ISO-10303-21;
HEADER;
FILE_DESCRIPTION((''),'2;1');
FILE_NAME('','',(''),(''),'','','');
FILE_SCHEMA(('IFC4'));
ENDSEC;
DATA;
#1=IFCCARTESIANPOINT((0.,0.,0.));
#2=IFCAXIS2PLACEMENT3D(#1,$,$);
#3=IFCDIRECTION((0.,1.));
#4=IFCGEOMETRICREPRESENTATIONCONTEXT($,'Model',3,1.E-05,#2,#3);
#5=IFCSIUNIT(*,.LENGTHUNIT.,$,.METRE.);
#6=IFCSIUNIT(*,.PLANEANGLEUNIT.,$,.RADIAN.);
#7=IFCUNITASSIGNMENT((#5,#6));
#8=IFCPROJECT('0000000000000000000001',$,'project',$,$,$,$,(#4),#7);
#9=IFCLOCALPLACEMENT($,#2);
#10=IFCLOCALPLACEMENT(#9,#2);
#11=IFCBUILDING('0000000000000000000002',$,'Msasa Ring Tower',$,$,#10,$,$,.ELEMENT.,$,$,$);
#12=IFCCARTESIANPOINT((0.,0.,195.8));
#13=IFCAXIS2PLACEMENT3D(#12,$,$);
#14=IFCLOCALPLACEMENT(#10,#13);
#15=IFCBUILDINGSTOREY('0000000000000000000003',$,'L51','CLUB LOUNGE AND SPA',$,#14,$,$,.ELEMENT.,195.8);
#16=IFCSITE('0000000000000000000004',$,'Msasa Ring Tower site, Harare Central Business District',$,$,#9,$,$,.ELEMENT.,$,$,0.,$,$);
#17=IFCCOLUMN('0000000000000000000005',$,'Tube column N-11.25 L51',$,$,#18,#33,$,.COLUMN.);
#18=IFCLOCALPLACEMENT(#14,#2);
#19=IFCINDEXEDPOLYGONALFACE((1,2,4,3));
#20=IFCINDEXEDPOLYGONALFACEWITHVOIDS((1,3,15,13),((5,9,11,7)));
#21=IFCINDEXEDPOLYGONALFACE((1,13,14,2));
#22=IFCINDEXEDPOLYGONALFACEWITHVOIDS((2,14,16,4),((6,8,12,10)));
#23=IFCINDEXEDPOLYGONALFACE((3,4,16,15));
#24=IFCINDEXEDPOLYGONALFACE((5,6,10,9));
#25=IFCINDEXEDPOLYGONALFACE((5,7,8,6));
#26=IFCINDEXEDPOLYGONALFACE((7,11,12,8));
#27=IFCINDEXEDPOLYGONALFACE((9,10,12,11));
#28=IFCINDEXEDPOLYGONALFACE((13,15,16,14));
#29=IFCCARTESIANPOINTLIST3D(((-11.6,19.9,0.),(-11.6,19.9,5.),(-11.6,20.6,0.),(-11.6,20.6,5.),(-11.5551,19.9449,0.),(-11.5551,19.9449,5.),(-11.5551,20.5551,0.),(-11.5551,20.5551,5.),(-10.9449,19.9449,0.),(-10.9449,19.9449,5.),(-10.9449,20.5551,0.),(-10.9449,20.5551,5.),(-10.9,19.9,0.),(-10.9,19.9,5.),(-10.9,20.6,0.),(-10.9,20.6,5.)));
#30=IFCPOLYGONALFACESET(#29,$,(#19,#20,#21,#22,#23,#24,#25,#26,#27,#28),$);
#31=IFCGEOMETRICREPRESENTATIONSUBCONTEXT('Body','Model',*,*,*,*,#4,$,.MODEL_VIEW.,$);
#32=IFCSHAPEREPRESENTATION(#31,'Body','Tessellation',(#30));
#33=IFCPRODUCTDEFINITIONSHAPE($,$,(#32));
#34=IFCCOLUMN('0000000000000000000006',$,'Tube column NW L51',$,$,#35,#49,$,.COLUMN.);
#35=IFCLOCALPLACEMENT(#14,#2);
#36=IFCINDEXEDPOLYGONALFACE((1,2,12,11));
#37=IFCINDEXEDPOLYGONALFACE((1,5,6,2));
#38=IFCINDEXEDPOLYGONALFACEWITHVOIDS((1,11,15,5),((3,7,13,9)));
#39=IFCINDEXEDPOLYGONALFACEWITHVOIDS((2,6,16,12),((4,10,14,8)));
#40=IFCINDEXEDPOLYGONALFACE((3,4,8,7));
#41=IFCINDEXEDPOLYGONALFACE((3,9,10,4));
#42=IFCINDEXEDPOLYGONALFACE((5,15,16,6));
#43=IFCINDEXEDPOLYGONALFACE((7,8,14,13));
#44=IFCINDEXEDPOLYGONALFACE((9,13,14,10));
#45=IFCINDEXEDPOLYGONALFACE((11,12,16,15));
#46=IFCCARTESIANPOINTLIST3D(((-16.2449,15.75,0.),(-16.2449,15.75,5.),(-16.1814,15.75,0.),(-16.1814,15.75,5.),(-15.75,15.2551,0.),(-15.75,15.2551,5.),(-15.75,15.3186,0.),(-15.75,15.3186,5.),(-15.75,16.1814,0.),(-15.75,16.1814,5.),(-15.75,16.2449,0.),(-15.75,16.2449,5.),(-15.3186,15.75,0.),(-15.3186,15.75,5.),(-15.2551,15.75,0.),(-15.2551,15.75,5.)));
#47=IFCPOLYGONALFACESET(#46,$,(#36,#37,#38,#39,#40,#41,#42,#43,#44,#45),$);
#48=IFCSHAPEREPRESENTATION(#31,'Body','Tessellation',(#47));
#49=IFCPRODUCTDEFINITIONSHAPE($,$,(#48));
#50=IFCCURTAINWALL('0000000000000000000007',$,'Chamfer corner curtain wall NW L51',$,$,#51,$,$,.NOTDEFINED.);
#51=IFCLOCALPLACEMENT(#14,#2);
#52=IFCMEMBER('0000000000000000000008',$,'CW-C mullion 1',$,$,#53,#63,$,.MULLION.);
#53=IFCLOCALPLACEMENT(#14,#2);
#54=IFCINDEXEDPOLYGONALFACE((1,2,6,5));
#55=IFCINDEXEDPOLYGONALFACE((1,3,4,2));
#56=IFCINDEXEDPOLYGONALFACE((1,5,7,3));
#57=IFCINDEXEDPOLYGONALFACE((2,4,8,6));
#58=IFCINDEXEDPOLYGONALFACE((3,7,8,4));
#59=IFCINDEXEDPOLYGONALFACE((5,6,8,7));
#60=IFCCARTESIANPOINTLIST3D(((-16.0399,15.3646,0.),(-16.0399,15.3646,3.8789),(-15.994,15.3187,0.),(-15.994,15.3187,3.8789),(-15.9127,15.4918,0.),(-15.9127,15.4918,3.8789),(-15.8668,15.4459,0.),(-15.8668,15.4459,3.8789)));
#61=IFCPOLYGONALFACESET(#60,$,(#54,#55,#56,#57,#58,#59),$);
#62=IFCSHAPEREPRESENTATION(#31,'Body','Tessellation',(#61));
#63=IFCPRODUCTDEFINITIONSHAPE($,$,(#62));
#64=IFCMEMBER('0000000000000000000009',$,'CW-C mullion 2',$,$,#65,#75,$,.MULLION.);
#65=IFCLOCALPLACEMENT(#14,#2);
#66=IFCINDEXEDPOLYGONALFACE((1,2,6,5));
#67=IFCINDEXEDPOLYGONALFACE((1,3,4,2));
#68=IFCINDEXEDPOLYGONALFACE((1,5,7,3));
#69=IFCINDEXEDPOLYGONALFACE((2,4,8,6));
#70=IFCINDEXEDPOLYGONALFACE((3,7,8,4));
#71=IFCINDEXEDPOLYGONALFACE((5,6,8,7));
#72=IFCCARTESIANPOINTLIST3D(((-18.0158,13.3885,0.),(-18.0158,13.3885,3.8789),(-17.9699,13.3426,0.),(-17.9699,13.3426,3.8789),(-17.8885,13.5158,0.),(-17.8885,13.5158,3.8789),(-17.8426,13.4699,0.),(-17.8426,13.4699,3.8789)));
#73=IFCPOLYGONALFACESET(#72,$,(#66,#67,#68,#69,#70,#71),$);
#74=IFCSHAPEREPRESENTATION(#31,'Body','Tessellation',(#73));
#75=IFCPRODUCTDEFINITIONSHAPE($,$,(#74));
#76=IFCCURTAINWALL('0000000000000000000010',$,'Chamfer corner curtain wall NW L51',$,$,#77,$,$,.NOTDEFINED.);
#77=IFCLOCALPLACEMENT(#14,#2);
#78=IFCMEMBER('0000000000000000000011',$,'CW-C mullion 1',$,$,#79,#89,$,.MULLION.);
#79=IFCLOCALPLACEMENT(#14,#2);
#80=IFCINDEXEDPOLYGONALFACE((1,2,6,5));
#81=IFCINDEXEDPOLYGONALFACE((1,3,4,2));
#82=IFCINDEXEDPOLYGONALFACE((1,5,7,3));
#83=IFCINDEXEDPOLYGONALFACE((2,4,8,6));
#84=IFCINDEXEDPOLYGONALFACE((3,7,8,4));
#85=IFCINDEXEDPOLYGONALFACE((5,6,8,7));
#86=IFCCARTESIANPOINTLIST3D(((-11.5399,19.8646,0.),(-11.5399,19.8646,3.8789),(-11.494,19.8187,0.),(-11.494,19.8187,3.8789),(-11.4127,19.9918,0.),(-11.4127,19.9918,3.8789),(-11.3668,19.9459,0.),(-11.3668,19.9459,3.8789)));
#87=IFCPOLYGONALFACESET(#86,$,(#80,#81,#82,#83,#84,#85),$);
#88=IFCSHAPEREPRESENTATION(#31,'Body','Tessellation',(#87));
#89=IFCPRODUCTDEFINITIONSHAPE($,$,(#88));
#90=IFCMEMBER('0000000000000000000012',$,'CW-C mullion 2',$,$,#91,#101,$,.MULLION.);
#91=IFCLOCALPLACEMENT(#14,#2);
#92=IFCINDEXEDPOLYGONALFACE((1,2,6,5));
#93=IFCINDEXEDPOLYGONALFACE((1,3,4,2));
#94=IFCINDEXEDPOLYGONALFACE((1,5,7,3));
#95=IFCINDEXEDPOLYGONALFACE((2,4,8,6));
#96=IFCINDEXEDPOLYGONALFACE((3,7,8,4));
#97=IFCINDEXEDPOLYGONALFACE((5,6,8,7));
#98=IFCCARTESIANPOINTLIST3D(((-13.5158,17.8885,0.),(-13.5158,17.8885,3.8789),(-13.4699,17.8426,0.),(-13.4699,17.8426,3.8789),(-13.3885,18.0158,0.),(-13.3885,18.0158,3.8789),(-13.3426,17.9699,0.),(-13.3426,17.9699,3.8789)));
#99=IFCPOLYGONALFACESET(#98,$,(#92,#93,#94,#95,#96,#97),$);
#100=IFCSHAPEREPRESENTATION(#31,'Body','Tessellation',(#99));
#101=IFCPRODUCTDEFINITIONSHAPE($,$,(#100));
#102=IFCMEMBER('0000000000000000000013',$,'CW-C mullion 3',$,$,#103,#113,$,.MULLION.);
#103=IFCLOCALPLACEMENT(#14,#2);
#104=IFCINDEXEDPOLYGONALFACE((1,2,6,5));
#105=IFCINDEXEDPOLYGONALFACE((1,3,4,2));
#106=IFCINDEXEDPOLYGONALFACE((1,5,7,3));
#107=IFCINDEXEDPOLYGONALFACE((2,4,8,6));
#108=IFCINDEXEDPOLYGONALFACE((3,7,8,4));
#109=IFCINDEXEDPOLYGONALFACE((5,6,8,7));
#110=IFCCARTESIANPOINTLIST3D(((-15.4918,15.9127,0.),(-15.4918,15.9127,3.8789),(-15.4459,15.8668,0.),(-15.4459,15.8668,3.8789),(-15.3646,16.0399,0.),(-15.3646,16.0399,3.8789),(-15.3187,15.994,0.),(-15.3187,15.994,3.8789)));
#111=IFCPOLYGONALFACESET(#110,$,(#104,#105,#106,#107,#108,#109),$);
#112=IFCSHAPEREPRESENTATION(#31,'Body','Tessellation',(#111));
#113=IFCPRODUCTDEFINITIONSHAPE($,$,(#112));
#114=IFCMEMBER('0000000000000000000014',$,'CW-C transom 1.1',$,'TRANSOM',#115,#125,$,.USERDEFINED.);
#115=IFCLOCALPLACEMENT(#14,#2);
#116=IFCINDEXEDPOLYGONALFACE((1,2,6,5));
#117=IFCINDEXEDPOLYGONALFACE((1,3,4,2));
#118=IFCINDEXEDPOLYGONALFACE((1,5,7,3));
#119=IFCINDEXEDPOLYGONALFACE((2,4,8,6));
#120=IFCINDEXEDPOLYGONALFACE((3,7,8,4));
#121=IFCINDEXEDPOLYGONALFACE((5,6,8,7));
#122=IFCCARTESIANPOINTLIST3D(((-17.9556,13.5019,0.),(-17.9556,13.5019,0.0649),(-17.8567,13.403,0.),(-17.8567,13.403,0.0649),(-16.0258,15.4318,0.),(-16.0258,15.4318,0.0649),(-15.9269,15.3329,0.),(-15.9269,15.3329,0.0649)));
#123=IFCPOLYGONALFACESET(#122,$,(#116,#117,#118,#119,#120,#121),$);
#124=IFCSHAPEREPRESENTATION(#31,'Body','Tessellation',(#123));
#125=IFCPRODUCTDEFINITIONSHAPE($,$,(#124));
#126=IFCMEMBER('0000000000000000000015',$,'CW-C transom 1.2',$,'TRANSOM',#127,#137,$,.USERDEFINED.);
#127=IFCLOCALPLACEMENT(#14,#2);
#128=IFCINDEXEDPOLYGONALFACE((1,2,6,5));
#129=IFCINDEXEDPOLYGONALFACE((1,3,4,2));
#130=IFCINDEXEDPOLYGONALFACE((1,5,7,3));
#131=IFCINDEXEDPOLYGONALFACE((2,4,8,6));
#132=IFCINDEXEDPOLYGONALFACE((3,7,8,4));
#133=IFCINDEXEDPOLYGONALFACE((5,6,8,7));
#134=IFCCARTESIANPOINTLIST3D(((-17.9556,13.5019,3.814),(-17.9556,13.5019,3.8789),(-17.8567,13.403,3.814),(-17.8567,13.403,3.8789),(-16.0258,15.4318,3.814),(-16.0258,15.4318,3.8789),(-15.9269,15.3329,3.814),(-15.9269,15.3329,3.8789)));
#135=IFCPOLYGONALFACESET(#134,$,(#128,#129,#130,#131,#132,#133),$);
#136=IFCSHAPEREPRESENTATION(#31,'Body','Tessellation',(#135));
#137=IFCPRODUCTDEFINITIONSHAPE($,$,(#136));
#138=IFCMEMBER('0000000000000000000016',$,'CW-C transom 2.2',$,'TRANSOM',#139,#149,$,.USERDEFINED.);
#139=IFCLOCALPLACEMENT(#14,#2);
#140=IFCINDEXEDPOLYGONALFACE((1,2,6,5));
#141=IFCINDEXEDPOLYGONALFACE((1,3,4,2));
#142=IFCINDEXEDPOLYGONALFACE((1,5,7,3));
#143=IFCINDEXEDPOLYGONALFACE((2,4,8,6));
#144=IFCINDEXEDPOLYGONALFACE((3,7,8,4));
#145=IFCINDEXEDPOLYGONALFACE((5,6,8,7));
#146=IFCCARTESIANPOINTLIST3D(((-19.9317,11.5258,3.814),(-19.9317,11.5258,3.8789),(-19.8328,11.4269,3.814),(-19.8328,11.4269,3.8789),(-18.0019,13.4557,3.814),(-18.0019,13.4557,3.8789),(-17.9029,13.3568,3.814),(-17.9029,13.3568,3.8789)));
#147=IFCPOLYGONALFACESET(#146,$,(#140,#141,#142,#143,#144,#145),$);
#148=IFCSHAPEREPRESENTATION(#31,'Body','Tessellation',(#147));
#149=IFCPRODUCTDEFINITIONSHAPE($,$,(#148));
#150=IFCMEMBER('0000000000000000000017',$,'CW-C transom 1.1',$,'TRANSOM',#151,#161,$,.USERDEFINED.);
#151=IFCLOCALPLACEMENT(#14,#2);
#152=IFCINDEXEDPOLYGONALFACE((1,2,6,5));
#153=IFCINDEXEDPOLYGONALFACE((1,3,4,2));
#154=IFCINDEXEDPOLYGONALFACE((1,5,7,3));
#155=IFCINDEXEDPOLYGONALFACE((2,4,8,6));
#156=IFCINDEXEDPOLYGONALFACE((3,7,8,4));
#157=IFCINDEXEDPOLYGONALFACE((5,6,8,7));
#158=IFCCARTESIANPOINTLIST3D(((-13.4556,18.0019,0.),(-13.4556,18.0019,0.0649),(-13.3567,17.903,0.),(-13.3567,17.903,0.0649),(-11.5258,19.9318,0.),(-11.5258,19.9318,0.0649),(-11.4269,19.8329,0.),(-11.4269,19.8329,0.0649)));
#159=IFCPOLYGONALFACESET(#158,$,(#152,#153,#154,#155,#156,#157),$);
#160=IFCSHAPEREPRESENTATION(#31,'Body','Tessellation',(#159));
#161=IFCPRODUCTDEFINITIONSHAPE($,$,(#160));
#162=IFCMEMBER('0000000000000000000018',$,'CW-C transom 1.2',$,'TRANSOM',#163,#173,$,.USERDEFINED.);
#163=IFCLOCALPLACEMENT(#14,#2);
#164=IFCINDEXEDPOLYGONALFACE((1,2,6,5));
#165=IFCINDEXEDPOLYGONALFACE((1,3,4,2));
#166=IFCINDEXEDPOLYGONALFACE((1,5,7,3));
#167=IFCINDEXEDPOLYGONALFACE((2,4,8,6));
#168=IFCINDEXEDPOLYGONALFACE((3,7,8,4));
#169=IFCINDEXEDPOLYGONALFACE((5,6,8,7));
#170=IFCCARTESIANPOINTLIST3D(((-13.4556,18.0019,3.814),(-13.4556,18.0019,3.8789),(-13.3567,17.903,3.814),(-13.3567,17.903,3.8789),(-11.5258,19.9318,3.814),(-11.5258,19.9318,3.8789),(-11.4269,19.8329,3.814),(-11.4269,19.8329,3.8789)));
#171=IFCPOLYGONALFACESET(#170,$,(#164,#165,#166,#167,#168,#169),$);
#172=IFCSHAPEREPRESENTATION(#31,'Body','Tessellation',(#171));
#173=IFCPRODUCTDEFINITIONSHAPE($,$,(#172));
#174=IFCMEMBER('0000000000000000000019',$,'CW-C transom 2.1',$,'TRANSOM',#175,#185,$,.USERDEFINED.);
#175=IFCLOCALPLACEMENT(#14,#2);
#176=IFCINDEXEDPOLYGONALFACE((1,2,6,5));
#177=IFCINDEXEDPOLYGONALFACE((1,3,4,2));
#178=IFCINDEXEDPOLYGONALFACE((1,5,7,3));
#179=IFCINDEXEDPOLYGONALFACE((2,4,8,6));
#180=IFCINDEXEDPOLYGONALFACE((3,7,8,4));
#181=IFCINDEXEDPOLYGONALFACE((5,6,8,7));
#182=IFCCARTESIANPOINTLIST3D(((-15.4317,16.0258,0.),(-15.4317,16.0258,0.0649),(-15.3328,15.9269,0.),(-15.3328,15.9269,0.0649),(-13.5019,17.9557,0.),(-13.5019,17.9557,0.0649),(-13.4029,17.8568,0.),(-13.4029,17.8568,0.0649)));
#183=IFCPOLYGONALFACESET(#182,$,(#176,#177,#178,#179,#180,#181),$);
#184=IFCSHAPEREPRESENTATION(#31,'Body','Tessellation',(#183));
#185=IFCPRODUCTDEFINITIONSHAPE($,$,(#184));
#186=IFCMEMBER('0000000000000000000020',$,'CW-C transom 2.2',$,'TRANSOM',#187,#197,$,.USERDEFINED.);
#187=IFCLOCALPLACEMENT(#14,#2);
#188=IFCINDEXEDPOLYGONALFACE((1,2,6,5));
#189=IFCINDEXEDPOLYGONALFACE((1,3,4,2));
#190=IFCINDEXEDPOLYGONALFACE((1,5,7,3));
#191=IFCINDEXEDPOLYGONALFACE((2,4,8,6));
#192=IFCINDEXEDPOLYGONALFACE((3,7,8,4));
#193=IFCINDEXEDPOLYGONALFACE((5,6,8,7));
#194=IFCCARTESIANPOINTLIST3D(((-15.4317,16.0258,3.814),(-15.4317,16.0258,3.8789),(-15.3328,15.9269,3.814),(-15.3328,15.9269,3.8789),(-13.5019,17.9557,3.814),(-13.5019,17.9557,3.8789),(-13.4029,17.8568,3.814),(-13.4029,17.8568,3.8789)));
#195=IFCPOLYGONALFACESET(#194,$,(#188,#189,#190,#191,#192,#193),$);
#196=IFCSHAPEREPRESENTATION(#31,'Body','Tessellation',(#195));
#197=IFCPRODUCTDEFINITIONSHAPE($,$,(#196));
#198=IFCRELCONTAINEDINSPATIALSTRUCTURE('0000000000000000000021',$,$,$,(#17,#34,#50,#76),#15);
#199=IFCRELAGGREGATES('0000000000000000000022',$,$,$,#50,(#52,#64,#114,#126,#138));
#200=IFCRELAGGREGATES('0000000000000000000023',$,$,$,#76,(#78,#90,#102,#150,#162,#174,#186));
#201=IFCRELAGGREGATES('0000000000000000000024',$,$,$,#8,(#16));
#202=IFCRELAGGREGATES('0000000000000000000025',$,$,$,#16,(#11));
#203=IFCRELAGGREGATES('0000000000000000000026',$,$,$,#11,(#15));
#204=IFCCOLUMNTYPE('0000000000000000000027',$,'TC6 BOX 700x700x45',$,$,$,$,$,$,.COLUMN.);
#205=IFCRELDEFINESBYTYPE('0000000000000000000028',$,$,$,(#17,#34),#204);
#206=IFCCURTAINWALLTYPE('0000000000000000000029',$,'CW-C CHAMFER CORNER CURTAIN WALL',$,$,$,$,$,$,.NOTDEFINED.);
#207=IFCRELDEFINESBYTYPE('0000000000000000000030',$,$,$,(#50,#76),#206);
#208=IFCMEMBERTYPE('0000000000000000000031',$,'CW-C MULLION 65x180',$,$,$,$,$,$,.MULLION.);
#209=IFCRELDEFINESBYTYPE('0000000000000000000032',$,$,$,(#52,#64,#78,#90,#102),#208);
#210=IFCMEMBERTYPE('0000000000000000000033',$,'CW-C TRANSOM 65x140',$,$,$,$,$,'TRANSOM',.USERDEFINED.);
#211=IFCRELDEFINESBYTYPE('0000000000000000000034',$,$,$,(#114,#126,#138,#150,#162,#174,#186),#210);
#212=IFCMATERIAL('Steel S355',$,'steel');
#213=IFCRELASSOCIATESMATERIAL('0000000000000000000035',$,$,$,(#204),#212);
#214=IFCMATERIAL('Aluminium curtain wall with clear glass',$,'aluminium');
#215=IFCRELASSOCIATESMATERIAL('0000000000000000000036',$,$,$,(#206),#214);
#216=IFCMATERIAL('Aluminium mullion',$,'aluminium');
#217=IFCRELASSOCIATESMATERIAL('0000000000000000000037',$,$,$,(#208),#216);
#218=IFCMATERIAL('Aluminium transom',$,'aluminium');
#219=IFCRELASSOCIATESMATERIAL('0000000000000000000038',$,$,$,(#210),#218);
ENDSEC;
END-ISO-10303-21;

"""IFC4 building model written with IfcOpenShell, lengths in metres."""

from ifc_helpers import new_model, si_unit, direction, frame, origin, origin_2d, place, context, subcontext, project, spatial, rectangle, hollow_rectangle, extrude, material, material_profile, profile_set, type_object, element, aggregate, save


model = new_model("IFC4")

# Units and contexts
model_context = context("Model", 3, precision=1e-05, world=origin(), true_north=direction((0.0, 1.0)))
body_context = subcontext(model_context, "Body", "Model", "MODEL_VIEW")
ifc_project = project(units=[si_unit("LENGTHUNIT", "METRE"), si_unit("PLANEANGLEUNIT", "RADIAN")], contexts=[model_context])

# Site, building, storey
site_placement = place(None, origin())
site = spatial("IfcSite", under=ifc_project, at=site_placement, Name="Msasa Ring Tower site, Harare Central Business District", CompositionType="ELEMENT", RefElevation=0.0)
building_placement = place(site_placement, origin())
building = spatial("IfcBuilding", under=site, at=building_placement, Name="Msasa Ring Tower", CompositionType="ELEMENT")
storey_placement = place(building_placement, frame((0.0, 0.0, 195.8)))
storey = spatial("IfcBuildingStorey", under=building, at=storey_placement, Name="L51", Description="CLUB LOUNGE AND SPA", CompositionType="ELEMENT", Elevation=195.8)

# Columns
ifc_material_1 = material(Name="Steel S355", Category="steel")
ifc_material_profile_1 = material_profile(ifc_material_1, hollow_rectangle(XDim=0.7, YDim=0.7, WallThickness=0.0449, at=origin_2d()), Name="BOX 700x700x45")
ifc_profile_set_1 = profile_set([ifc_material_profile_1], Name="Steel S355")
column_type = type_object("IfcColumnType", Name="TC6 BOX 700x700x45", PredefinedType="COLUMN", material=ifc_profile_set_1)
for number, where, z_axis, x_axis, name in (
    (1, (-11.25, 20.25, 0.0), (0.0, 0.0, 1.0), (0.0, 1.0, 0.0), "Tube column N-11.25 L51"),
    (2, (-15.75, 15.75, 0.0), (0.0, 0.0, 1.0), (0.707107, -0.707107, 0.0), "Tube column NW L51"),
):
    element("IfcColumn", number, at=place(storey_placement, frame(where, z_axis=z_axis, x_axis=x_axis)), inside=storey, type_object=column_type, Name=name, PredefinedType="COLUMN", context=body_context, shape_type="SweptSolid", body=[
        extrude(hollow_rectangle(XDim=0.7, YDim=0.7, WallThickness=0.0449, at=origin_2d()), origin(), (0.0, 0.0, 1.0), 5.0),
    ])

# Curtain walls, members
ifc_material_2 = material(Name="Aluminium curtain wall with clear glass", Category="aluminium")
curtain_wall_type = type_object("IfcCurtainWallType", Name="CW-C CHAMFER CORNER CURTAIN WALL", PredefinedType="NOTDEFINED", material=ifc_material_2)
curtain_wall_1_placement = place(storey_placement, origin())
curtain_wall_1 = element("IfcCurtainWall", 3, at=curtain_wall_1_placement, inside=storey, type_object=curtain_wall_type, Name="Chamfer corner curtain wall NW L51", PredefinedType="NOTDEFINED")
ifc_material_3 = material(Name="Aluminium mullion", Category="aluminium")
ifc_material_profile_2 = material_profile(ifc_material_3, rectangle(XDim=0.0649, YDim=0.1799, at=origin_2d()), Name="AL 65x180")
ifc_profile_set_2 = profile_set([ifc_material_profile_2], Name="Aluminium mullion")
member_type_1 = type_object("IfcMemberType", Name="CW-C MULLION 65x180", PredefinedType="MULLION", material=ifc_profile_set_2)
member_1_placement = place(storey_placement, frame((-15.9534, 15.4053, 0.0), z_axis=(0.0, 0.0, 1.0), x_axis=(0.707107, -0.707107, 0.0)))
member_1 = element("IfcMember", 4, at=member_1_placement, type_object=member_type_1, Name="CW-C mullion 1", PredefinedType="MULLION", context=body_context, shape_type="SweptSolid", body=[
    extrude(rectangle(XDim=0.0649, YDim=0.1799, at=origin_2d()), origin(), (0.0, 0.0, 1.0), 3.8789),
])
member_2_placement = place(storey_placement, frame((-17.9292, 13.4292, 0.0), z_axis=(0.0, 0.0, 1.0), x_axis=(0.707107, -0.707107, 0.0)))
member_2 = element("IfcMember", 5, at=member_2_placement, type_object=member_type_1, Name="CW-C mullion 2", PredefinedType="MULLION", context=body_context, shape_type="SweptSolid", body=[
    extrude(rectangle(XDim=0.0649, YDim=0.1799, at=origin_2d()), origin(), (0.0, 0.0, 1.0), 3.8789),
])
curtain_wall_2_placement = place(storey_placement, origin())
curtain_wall_2 = element("IfcCurtainWall", 6, at=curtain_wall_2_placement, inside=storey, type_object=curtain_wall_type, Name="Chamfer corner curtain wall NW L51", PredefinedType="NOTDEFINED")
member_3_placement = place(storey_placement, frame((-11.4534, 19.9053, 0.0), z_axis=(0.0, 0.0, 1.0), x_axis=(0.707107, -0.707107, 0.0)))
member_3 = element("IfcMember", 7, at=member_3_placement, type_object=member_type_1, Name="CW-C mullion 1", PredefinedType="MULLION", context=body_context, shape_type="SweptSolid", body=[
    extrude(rectangle(XDim=0.0649, YDim=0.1799, at=origin_2d()), origin(), (0.0, 0.0, 1.0), 3.8789),
])
member_4_placement = place(storey_placement, frame((-13.4292, 17.9292, 0.0), z_axis=(0.0, 0.0, 1.0), x_axis=(0.707107, -0.707107, 0.0)))
member_4 = element("IfcMember", 8, at=member_4_placement, type_object=member_type_1, Name="CW-C mullion 2", PredefinedType="MULLION", context=body_context, shape_type="SweptSolid", body=[
    extrude(rectangle(XDim=0.0649, YDim=0.1799, at=origin_2d()), origin(), (0.0, 0.0, 1.0), 3.8789),
])
member_5_placement = place(storey_placement, frame((-15.4053, 15.9534, 0.0), z_axis=(0.0, 0.0, 1.0), x_axis=(0.707107, -0.707107, 0.0)))
member_5 = element("IfcMember", 9, at=member_5_placement, type_object=member_type_1, Name="CW-C mullion 3", PredefinedType="MULLION", context=body_context, shape_type="SweptSolid", body=[
    extrude(rectangle(XDim=0.0649, YDim=0.1799, at=origin_2d()), origin(), (0.0, 0.0, 1.0), 3.8789),
])

# Members
ifc_material_4 = material(Name="Aluminium transom", Category="aluminium")
ifc_material_profile_3 = material_profile(ifc_material_4, rectangle(XDim=0.1399, YDim=0.0649, at=origin_2d()), Name="AL 65x140")
ifc_profile_set_3 = profile_set([ifc_material_profile_3], Name="Aluminium transom")
member_type_2 = type_object("IfcMemberType", Name="CW-C TRANSOM 65x140", ElementType="TRANSOM", PredefinedType="USERDEFINED", material=ifc_profile_set_3)
member_6_placement = place(storey_placement, frame((-15.9763, 15.3823, 0.0325), z_axis=(-0.707107, -0.707107, 0.0), x_axis=(0.707107, -0.707107, 0.0)))
member_6 = element("IfcMember", 10, at=member_6_placement, type_object=member_type_2, Name="CW-C transom 1.1", ObjectType="TRANSOM", PredefinedType="USERDEFINED", context=body_context, shape_type="SweptSolid", body=[
    extrude(rectangle(XDim=0.1399, YDim=0.0649, at=origin_2d()), origin(), (0.0, 0.0, 1.0), 2.7292),
])
member_7_placement = place(storey_placement, frame((-15.9763, 15.3823, 3.8464), z_axis=(-0.707107, -0.707107, 0.0), x_axis=(0.707107, -0.707107, 0.0)))
member_7 = element("IfcMember", 11, at=member_7_placement, type_object=member_type_2, Name="CW-C transom 1.2", ObjectType="TRANSOM", PredefinedType="USERDEFINED", context=body_context, shape_type="SweptSolid", body=[
    extrude(rectangle(XDim=0.1399, YDim=0.0649, at=origin_2d()), origin(), (0.0, 0.0, 1.0), 2.7292),
])
member_8_placement = place(storey_placement, frame((-17.9524, 13.4062, 3.8464), z_axis=(-0.707107, -0.707107, 0.0), x_axis=(0.707107, -0.707107, 0.0)))
member_8 = element("IfcMember", 12, at=member_8_placement, type_object=member_type_2, Name="CW-C transom 2.2", ObjectType="TRANSOM", PredefinedType="USERDEFINED", context=body_context, shape_type="SweptSolid", body=[
    extrude(rectangle(XDim=0.1399, YDim=0.0649, at=origin_2d()), origin(), (0.0, 0.0, 1.0), 2.7292),
])
member_9_placement = place(storey_placement, frame((-11.4763, 19.8823, 0.0325), z_axis=(-0.707107, -0.707107, 0.0), x_axis=(0.707107, -0.707107, 0.0)))
member_9 = element("IfcMember", 13, at=member_9_placement, type_object=member_type_2, Name="CW-C transom 1.1", ObjectType="TRANSOM", PredefinedType="USERDEFINED", context=body_context, shape_type="SweptSolid", body=[
    extrude(rectangle(XDim=0.1399, YDim=0.0649, at=origin_2d()), origin(), (0.0, 0.0, 1.0), 2.7292),
])
member_10_placement = place(storey_placement, frame((-11.4763, 19.8823, 3.8464), z_axis=(-0.707107, -0.707107, 0.0), x_axis=(0.707107, -0.707107, 0.0)))
member_10 = element("IfcMember", 14, at=member_10_placement, type_object=member_type_2, Name="CW-C transom 1.2", ObjectType="TRANSOM", PredefinedType="USERDEFINED", context=body_context, shape_type="SweptSolid", body=[
    extrude(rectangle(XDim=0.1399, YDim=0.0649, at=origin_2d()), origin(), (0.0, 0.0, 1.0), 2.7292),
])
member_11_placement = place(storey_placement, frame((-13.4524, 17.9062, 0.0325), z_axis=(-0.707107, -0.707107, 0.0), x_axis=(0.707107, -0.707107, 0.0)))
member_11 = element("IfcMember", 15, at=member_11_placement, type_object=member_type_2, Name="CW-C transom 2.1", ObjectType="TRANSOM", PredefinedType="USERDEFINED", context=body_context, shape_type="SweptSolid", body=[
    extrude(rectangle(XDim=0.1399, YDim=0.0649, at=origin_2d()), origin(), (0.0, 0.0, 1.0), 2.7292),
])
member_12_placement = place(storey_placement, frame((-13.4524, 17.9062, 3.8464), z_axis=(-0.707107, -0.707107, 0.0), x_axis=(0.707107, -0.707107, 0.0)))
member_12 = element("IfcMember", 16, at=member_12_placement, type_object=member_type_2, Name="CW-C transom 2.2", ObjectType="TRANSOM", PredefinedType="USERDEFINED", context=body_context, shape_type="SweptSolid", body=[
    extrude(rectangle(XDim=0.1399, YDim=0.0649, at=origin_2d()), origin(), (0.0, 0.0, 1.0), 2.7292),
])

aggregate(curtain_wall_1, [member_1, member_2, member_6, member_7, member_8])
aggregate(curtain_wall_2, [member_3, member_4, member_5, member_9, member_10, member_11, member_12])

save(model, "model.ifc")
